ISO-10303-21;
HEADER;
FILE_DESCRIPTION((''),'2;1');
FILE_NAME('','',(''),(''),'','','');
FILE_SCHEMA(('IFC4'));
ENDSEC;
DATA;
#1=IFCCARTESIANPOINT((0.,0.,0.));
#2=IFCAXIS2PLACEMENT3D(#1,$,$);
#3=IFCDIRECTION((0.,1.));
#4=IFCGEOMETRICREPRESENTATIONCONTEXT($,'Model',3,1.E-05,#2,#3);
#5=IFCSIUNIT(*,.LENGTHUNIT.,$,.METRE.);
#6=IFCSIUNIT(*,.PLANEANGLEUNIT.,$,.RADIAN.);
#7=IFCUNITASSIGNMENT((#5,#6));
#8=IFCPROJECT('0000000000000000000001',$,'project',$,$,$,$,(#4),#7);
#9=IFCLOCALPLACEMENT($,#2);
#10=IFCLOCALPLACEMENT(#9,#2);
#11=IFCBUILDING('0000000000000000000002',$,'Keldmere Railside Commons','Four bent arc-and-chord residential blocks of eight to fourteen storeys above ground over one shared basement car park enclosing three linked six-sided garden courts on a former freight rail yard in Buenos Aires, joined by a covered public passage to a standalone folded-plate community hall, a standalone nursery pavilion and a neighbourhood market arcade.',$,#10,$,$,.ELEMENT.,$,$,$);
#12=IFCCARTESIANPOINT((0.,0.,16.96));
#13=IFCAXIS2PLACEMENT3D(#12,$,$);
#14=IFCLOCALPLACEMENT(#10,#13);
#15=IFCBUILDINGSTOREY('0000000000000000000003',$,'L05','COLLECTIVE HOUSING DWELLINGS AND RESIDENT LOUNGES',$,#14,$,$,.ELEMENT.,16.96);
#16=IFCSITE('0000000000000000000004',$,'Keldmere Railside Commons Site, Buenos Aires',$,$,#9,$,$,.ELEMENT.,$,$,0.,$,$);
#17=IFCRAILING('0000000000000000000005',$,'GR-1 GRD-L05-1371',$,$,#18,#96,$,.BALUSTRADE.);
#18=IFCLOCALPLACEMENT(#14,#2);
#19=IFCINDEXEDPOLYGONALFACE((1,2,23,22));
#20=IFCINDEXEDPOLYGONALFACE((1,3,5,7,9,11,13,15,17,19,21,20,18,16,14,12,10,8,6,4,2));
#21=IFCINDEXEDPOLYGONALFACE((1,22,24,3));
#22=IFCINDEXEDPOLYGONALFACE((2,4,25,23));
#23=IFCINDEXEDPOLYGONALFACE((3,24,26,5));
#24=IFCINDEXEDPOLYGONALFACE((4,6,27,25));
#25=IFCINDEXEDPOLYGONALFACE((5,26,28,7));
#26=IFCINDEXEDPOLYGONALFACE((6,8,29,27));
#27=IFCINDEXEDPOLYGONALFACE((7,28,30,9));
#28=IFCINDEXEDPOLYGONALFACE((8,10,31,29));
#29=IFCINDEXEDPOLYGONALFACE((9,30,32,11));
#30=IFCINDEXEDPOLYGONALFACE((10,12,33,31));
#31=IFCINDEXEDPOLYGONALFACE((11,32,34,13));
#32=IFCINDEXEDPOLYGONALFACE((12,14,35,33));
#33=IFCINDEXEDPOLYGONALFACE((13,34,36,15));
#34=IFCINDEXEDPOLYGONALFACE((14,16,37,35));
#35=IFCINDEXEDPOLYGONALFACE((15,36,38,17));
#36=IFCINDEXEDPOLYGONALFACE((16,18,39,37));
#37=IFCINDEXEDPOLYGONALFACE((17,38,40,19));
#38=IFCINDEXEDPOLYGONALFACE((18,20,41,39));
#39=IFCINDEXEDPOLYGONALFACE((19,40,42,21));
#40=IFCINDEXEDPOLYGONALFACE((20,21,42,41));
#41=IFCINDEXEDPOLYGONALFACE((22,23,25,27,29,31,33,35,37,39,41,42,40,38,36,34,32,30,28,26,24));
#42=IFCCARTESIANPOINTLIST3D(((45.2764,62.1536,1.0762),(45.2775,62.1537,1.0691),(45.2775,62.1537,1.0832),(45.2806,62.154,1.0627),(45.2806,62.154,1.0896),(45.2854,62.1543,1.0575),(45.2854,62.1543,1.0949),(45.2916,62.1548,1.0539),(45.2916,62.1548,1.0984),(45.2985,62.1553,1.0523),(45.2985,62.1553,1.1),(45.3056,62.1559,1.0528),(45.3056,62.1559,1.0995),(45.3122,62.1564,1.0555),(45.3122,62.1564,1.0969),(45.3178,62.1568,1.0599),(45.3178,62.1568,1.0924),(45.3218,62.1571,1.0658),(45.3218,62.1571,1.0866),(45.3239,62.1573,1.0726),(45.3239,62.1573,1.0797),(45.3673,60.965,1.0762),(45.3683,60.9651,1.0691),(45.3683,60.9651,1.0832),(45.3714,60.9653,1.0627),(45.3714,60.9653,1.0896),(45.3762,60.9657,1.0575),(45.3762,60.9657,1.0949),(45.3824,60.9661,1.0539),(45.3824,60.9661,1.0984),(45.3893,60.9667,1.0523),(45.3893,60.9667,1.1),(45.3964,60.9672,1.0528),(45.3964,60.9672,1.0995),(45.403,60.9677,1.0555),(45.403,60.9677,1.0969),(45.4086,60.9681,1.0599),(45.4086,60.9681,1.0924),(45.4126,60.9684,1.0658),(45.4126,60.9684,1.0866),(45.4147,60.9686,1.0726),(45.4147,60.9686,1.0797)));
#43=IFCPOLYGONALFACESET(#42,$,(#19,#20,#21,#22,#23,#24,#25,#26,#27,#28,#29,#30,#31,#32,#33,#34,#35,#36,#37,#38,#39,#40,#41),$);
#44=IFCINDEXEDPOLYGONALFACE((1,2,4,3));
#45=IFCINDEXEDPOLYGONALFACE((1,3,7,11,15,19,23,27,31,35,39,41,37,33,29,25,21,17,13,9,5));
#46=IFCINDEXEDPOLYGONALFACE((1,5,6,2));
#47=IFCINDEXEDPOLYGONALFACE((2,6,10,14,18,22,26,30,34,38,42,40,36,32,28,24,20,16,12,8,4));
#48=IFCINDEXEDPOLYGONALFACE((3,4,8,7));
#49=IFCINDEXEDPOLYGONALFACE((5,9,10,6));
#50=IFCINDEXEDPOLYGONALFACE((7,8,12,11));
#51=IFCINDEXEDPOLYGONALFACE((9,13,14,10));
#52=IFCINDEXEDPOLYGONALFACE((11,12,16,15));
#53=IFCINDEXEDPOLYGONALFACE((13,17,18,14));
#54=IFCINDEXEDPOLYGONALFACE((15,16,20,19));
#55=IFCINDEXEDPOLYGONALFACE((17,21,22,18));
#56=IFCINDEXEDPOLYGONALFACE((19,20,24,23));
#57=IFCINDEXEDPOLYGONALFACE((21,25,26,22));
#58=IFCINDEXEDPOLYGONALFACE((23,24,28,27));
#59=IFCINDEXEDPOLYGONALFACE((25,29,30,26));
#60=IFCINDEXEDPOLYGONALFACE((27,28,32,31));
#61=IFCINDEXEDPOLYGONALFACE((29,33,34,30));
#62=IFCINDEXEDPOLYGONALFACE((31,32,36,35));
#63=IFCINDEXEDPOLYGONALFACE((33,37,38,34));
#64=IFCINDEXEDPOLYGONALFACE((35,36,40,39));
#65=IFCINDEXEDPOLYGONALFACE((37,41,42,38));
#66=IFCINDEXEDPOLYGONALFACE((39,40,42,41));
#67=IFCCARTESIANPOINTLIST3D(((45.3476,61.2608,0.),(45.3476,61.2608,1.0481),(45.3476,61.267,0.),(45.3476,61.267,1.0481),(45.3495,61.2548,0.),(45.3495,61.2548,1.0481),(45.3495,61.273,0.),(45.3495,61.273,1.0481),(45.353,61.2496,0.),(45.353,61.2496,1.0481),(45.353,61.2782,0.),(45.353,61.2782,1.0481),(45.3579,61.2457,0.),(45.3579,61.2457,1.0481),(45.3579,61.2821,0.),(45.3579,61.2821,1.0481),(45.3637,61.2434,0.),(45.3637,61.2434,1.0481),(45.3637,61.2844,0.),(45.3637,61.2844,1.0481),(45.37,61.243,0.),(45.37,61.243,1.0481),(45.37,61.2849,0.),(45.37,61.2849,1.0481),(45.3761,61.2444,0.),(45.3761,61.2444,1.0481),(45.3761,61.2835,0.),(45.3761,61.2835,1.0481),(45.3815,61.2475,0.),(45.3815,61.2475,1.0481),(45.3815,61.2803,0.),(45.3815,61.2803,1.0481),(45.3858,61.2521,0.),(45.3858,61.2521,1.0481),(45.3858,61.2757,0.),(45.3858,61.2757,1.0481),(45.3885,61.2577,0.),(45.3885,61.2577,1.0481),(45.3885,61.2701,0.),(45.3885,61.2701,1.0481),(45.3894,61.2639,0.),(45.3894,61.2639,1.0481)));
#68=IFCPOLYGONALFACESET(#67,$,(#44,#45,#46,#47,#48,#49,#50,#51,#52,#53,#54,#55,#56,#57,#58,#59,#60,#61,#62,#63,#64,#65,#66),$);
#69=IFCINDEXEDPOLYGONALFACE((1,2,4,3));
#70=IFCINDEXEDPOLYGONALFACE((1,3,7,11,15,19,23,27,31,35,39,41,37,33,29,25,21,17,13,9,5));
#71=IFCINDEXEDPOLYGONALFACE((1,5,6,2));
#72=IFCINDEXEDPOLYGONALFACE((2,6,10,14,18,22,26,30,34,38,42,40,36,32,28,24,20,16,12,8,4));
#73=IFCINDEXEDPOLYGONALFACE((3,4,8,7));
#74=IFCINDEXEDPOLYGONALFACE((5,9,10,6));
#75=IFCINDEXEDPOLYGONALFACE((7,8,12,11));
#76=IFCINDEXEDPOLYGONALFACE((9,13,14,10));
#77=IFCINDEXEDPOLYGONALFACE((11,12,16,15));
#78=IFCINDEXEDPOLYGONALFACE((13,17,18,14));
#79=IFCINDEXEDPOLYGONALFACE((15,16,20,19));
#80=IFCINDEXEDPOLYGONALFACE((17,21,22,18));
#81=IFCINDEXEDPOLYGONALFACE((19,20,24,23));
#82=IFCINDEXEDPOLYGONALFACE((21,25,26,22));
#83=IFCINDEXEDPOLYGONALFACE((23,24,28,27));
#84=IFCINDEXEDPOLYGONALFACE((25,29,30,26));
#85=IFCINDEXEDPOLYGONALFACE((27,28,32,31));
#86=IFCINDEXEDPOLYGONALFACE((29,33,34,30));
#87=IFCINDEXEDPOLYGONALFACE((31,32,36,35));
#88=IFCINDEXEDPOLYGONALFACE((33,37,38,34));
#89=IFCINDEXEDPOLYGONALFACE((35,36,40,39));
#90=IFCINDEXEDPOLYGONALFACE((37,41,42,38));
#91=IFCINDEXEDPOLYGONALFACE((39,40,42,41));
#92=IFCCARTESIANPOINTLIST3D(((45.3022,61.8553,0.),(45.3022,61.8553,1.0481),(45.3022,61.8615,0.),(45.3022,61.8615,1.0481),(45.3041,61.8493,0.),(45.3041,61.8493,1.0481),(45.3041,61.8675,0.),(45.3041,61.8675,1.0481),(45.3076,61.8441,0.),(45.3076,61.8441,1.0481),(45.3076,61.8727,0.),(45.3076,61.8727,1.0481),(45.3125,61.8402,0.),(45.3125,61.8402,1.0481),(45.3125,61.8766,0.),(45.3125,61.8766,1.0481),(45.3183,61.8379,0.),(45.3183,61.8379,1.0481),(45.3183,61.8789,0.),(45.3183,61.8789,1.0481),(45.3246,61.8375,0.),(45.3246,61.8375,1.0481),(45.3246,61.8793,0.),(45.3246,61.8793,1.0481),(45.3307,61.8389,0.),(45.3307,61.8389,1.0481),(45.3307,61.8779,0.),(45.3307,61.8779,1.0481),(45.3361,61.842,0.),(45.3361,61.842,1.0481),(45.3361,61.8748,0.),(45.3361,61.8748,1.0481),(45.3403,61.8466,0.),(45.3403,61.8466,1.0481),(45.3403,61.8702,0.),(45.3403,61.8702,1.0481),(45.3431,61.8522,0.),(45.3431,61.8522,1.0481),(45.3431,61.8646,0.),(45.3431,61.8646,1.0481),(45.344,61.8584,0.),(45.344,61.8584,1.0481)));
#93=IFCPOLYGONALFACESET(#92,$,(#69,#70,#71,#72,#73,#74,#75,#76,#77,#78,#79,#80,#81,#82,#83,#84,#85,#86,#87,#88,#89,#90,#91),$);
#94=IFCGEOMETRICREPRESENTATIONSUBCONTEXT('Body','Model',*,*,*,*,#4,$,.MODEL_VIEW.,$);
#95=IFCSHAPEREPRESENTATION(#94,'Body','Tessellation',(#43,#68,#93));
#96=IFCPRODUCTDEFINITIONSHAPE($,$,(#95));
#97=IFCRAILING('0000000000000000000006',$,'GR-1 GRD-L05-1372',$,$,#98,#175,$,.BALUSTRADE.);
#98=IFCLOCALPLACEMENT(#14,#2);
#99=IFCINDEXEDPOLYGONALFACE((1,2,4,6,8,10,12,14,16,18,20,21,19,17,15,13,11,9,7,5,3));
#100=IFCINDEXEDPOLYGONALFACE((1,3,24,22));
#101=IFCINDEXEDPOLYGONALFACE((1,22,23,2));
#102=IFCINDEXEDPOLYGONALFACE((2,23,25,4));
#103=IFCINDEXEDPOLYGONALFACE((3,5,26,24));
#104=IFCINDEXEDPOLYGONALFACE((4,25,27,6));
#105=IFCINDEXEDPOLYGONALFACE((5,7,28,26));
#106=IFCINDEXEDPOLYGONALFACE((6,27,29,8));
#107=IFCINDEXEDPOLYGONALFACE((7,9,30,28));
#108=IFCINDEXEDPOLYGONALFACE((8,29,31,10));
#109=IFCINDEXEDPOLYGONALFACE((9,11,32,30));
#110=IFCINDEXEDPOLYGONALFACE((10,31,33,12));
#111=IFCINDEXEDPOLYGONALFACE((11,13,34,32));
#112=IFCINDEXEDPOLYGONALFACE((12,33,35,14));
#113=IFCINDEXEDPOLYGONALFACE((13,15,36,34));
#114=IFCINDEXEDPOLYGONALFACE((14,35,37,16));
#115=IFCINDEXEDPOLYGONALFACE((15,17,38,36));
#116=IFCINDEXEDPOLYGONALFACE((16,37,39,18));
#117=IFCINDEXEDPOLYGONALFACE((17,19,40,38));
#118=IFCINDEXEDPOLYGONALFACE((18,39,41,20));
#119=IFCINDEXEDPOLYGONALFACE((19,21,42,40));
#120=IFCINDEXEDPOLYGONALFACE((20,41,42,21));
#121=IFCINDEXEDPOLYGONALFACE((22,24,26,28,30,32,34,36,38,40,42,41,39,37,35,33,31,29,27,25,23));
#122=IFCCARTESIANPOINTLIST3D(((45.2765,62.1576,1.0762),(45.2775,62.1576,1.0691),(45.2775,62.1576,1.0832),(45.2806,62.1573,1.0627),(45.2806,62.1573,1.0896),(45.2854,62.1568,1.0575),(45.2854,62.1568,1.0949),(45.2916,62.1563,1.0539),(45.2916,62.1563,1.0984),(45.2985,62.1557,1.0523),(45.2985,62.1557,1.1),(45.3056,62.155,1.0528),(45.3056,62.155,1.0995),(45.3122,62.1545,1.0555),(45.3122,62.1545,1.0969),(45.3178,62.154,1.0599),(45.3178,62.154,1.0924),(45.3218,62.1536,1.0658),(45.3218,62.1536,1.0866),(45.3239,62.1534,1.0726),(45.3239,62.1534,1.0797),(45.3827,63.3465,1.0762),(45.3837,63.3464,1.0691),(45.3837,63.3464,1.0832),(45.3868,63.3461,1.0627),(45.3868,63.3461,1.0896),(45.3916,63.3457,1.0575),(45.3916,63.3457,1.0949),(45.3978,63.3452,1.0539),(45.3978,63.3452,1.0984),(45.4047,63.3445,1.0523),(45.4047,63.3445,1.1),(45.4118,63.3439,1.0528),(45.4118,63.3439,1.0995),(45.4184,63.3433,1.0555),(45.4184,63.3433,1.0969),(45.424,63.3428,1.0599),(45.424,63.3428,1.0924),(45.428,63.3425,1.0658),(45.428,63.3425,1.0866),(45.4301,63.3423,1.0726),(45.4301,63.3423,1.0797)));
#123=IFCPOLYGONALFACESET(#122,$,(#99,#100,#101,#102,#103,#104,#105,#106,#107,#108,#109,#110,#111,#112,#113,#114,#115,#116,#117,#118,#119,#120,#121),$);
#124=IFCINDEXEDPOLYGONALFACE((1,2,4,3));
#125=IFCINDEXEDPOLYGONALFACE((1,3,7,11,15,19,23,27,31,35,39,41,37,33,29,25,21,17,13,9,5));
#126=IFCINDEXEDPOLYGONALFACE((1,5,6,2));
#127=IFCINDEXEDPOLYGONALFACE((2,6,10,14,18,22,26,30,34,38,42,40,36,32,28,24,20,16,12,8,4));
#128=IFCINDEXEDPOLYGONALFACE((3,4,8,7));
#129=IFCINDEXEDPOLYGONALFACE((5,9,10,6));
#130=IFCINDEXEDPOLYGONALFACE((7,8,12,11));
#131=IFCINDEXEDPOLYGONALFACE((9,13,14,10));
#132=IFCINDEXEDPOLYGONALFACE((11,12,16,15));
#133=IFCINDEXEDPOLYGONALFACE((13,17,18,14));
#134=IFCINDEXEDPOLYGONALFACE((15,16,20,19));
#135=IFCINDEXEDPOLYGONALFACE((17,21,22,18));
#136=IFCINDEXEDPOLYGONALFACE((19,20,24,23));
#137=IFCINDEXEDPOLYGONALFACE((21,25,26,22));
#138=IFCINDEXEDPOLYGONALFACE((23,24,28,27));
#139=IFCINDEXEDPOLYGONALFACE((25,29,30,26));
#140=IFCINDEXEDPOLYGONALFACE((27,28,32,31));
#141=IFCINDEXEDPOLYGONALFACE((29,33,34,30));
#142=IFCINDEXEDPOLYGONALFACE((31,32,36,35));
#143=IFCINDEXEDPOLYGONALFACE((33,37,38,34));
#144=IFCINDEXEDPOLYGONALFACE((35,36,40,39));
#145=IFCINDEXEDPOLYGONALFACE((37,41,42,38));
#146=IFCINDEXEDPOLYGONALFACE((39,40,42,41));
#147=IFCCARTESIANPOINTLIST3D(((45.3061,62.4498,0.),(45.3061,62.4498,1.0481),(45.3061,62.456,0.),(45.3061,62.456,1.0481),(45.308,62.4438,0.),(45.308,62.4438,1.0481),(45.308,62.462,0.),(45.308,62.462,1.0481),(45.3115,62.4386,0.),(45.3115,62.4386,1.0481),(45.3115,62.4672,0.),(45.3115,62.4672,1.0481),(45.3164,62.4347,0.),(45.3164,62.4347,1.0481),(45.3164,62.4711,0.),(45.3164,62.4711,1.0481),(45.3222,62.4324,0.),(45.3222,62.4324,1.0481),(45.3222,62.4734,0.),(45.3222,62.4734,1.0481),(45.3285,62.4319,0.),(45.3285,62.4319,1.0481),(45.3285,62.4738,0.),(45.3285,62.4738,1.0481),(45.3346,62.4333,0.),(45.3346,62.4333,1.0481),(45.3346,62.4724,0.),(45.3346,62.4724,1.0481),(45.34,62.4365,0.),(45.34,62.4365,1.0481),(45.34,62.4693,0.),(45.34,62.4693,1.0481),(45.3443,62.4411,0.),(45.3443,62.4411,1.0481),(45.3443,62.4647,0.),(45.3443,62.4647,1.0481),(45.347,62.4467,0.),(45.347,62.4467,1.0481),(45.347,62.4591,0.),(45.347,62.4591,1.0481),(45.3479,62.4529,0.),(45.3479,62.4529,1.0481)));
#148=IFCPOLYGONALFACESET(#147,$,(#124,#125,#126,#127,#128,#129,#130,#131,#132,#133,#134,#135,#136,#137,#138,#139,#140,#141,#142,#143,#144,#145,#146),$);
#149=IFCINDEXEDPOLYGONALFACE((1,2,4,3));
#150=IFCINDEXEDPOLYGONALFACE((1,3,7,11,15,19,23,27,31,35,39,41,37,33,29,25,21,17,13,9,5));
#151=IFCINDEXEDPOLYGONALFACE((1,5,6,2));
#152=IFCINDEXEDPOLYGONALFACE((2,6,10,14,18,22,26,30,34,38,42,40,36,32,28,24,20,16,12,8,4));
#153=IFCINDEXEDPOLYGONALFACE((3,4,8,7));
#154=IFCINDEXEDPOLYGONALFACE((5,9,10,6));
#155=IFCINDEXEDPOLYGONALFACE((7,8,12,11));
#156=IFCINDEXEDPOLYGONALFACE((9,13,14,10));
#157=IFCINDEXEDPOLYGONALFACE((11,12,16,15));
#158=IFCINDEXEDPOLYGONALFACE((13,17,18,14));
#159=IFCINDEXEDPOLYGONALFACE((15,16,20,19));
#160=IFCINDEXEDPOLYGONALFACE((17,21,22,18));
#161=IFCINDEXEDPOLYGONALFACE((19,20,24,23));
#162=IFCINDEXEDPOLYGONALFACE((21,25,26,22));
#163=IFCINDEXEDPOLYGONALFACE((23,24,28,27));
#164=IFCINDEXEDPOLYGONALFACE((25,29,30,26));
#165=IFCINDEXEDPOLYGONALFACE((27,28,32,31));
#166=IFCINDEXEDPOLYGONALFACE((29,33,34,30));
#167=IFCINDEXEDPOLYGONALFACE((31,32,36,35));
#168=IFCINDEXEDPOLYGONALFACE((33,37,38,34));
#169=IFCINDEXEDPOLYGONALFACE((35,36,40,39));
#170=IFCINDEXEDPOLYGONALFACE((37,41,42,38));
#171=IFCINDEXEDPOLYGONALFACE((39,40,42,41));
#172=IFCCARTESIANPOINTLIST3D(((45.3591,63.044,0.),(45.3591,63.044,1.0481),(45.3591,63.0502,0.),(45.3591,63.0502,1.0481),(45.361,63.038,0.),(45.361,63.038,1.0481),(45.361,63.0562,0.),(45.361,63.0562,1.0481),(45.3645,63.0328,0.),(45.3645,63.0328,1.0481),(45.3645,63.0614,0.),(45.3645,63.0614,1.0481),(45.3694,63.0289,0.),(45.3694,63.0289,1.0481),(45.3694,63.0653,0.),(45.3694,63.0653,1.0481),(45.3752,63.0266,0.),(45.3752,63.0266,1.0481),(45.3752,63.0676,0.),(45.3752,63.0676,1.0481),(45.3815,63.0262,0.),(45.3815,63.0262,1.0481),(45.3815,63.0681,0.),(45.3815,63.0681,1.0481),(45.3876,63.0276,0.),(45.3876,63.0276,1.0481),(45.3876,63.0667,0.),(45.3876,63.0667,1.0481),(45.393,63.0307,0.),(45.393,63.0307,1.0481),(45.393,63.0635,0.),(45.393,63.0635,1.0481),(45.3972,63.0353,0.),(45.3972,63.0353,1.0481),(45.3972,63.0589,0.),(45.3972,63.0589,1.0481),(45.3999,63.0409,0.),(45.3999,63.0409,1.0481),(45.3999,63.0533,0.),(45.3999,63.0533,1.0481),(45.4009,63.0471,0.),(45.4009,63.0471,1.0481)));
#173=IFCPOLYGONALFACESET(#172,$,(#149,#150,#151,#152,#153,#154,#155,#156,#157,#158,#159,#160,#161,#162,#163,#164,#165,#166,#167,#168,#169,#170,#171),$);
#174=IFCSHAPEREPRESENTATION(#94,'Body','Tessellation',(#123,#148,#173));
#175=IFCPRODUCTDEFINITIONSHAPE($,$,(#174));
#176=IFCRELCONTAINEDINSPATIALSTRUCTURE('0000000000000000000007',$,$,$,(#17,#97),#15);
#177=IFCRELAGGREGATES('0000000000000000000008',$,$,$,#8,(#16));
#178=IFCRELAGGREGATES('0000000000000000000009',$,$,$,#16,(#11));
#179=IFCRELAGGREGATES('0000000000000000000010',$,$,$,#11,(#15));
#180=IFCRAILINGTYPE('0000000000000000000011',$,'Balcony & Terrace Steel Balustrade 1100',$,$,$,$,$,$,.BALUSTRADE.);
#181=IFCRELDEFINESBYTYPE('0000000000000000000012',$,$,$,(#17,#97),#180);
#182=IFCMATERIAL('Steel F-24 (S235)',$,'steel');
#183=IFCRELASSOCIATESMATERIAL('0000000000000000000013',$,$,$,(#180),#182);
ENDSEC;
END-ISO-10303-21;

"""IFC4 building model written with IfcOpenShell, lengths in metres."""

from ifc_helpers import new_model, si_unit, direction, frame, origin, origin_2d, place, context, subcontext, project, spatial, circle, extrude, material, type_object, element, save


model = new_model("IFC4")

# Units and contexts
model_context = context("Model", 3, precision=1e-05, world=origin(), true_north=direction((0.0, 1.0)))
body_context = subcontext(model_context, "Body", "Model", "MODEL_VIEW")
ifc_project = project(units=[si_unit("LENGTHUNIT", "METRE"), si_unit("PLANEANGLEUNIT", "RADIAN")], contexts=[model_context])

# Site, building, storey
site_placement = place(None, origin())
site = spatial("IfcSite", under=ifc_project, at=site_placement, Name="Keldmere Railside Commons Site, Buenos Aires", CompositionType="ELEMENT", RefElevation=0.0)
building_placement = place(site_placement, origin())
building = spatial("IfcBuilding", under=site, at=building_placement, Name="Keldmere Railside Commons", Description="Four bent arc-and-chord residential blocks of eight to fourteen storeys above ground over one shared basement car park enclosing three linked six-sided garden courts on a former freight rail yard in Buenos Aires, joined by a covered public passage to a standalone folded-plate community hall, a standalone nursery pavilion and a neighbourhood market arcade.", CompositionType="ELEMENT")
storey_placement = place(building_placement, frame((0.0, 0.0, 16.96)))
storey = spatial("IfcBuildingStorey", under=building, at=storey_placement, Name="L05", Description="COLLECTIVE HOUSING DWELLINGS AND RESIDENT LOUNGES", CompositionType="ELEMENT", Elevation=16.96)

# Railings
ifc_material_1 = material(Name="Steel F-24 (S235)", Category="steel")
railing_type_1 = type_object("IfcRailingType", Name="Balcony & Terrace Steel Balustrade 1100", PredefinedType="BALUSTRADE", material=ifc_material_1)
railing_1_placement = place(storey_placement, frame((45.3911, 60.9668, 0.0)))
element("IfcRailing", 1, at=railing_1_placement, inside=storey, type_object=railing_type_1, Name="GR-1 GRD-L05-1371", PredefinedType="BALUSTRADE", context=body_context, shape_type="SweptSolid", body=[
    extrude(circle(Radius=0.0239, at=origin_2d()), frame((0.0, 0.0, 1.0762), z_axis=(-0.07618, 0.997094, 0.0), x_axis=(-0.997094, -0.07618, 0.0)), (0.0, 0.0, 1.0), 1.1921),
    extrude(circle(Radius=0.021, at=origin_2d()), frame((-0.0227, 0.2971, 0.0)), (0.0, 0.0, 1.0), 1.0481),
    extrude(circle(Radius=0.021, at=origin_2d()), frame((-0.0681, 0.8916, 0.0)), (0.0, 0.0, 1.0), 1.0481),
])
railing_2_placement = place(storey_placement, frame((45.3003, 62.1555, 0.0)))
element("IfcRailing", 2, at=railing_2_placement, inside=storey, type_object=railing_type_1, Name="GR-1 GRD-L05-1372", PredefinedType="BALUSTRADE", context=body_context, shape_type="SweptSolid", body=[
    extrude(circle(Radius=0.0239, at=origin_2d()), frame((0.0, 0.0, 1.0762), z_axis=(0.088968, 0.996034, 0.0), x_axis=(-0.996034, 0.088968, 0.0)), (0.0, 0.0, 1.0), 1.1936),
    extrude(circle(Radius=0.021, at=origin_2d()), frame((0.0266, 0.2974, 0.0)), (0.0, 0.0, 1.0), 1.0481),
    extrude(circle(Radius=0.021, at=origin_2d()), frame((0.0796, 0.8916, 0.0)), (0.0, 0.0, 1.0), 1.0481),
])

save(model, "model.ifc")
